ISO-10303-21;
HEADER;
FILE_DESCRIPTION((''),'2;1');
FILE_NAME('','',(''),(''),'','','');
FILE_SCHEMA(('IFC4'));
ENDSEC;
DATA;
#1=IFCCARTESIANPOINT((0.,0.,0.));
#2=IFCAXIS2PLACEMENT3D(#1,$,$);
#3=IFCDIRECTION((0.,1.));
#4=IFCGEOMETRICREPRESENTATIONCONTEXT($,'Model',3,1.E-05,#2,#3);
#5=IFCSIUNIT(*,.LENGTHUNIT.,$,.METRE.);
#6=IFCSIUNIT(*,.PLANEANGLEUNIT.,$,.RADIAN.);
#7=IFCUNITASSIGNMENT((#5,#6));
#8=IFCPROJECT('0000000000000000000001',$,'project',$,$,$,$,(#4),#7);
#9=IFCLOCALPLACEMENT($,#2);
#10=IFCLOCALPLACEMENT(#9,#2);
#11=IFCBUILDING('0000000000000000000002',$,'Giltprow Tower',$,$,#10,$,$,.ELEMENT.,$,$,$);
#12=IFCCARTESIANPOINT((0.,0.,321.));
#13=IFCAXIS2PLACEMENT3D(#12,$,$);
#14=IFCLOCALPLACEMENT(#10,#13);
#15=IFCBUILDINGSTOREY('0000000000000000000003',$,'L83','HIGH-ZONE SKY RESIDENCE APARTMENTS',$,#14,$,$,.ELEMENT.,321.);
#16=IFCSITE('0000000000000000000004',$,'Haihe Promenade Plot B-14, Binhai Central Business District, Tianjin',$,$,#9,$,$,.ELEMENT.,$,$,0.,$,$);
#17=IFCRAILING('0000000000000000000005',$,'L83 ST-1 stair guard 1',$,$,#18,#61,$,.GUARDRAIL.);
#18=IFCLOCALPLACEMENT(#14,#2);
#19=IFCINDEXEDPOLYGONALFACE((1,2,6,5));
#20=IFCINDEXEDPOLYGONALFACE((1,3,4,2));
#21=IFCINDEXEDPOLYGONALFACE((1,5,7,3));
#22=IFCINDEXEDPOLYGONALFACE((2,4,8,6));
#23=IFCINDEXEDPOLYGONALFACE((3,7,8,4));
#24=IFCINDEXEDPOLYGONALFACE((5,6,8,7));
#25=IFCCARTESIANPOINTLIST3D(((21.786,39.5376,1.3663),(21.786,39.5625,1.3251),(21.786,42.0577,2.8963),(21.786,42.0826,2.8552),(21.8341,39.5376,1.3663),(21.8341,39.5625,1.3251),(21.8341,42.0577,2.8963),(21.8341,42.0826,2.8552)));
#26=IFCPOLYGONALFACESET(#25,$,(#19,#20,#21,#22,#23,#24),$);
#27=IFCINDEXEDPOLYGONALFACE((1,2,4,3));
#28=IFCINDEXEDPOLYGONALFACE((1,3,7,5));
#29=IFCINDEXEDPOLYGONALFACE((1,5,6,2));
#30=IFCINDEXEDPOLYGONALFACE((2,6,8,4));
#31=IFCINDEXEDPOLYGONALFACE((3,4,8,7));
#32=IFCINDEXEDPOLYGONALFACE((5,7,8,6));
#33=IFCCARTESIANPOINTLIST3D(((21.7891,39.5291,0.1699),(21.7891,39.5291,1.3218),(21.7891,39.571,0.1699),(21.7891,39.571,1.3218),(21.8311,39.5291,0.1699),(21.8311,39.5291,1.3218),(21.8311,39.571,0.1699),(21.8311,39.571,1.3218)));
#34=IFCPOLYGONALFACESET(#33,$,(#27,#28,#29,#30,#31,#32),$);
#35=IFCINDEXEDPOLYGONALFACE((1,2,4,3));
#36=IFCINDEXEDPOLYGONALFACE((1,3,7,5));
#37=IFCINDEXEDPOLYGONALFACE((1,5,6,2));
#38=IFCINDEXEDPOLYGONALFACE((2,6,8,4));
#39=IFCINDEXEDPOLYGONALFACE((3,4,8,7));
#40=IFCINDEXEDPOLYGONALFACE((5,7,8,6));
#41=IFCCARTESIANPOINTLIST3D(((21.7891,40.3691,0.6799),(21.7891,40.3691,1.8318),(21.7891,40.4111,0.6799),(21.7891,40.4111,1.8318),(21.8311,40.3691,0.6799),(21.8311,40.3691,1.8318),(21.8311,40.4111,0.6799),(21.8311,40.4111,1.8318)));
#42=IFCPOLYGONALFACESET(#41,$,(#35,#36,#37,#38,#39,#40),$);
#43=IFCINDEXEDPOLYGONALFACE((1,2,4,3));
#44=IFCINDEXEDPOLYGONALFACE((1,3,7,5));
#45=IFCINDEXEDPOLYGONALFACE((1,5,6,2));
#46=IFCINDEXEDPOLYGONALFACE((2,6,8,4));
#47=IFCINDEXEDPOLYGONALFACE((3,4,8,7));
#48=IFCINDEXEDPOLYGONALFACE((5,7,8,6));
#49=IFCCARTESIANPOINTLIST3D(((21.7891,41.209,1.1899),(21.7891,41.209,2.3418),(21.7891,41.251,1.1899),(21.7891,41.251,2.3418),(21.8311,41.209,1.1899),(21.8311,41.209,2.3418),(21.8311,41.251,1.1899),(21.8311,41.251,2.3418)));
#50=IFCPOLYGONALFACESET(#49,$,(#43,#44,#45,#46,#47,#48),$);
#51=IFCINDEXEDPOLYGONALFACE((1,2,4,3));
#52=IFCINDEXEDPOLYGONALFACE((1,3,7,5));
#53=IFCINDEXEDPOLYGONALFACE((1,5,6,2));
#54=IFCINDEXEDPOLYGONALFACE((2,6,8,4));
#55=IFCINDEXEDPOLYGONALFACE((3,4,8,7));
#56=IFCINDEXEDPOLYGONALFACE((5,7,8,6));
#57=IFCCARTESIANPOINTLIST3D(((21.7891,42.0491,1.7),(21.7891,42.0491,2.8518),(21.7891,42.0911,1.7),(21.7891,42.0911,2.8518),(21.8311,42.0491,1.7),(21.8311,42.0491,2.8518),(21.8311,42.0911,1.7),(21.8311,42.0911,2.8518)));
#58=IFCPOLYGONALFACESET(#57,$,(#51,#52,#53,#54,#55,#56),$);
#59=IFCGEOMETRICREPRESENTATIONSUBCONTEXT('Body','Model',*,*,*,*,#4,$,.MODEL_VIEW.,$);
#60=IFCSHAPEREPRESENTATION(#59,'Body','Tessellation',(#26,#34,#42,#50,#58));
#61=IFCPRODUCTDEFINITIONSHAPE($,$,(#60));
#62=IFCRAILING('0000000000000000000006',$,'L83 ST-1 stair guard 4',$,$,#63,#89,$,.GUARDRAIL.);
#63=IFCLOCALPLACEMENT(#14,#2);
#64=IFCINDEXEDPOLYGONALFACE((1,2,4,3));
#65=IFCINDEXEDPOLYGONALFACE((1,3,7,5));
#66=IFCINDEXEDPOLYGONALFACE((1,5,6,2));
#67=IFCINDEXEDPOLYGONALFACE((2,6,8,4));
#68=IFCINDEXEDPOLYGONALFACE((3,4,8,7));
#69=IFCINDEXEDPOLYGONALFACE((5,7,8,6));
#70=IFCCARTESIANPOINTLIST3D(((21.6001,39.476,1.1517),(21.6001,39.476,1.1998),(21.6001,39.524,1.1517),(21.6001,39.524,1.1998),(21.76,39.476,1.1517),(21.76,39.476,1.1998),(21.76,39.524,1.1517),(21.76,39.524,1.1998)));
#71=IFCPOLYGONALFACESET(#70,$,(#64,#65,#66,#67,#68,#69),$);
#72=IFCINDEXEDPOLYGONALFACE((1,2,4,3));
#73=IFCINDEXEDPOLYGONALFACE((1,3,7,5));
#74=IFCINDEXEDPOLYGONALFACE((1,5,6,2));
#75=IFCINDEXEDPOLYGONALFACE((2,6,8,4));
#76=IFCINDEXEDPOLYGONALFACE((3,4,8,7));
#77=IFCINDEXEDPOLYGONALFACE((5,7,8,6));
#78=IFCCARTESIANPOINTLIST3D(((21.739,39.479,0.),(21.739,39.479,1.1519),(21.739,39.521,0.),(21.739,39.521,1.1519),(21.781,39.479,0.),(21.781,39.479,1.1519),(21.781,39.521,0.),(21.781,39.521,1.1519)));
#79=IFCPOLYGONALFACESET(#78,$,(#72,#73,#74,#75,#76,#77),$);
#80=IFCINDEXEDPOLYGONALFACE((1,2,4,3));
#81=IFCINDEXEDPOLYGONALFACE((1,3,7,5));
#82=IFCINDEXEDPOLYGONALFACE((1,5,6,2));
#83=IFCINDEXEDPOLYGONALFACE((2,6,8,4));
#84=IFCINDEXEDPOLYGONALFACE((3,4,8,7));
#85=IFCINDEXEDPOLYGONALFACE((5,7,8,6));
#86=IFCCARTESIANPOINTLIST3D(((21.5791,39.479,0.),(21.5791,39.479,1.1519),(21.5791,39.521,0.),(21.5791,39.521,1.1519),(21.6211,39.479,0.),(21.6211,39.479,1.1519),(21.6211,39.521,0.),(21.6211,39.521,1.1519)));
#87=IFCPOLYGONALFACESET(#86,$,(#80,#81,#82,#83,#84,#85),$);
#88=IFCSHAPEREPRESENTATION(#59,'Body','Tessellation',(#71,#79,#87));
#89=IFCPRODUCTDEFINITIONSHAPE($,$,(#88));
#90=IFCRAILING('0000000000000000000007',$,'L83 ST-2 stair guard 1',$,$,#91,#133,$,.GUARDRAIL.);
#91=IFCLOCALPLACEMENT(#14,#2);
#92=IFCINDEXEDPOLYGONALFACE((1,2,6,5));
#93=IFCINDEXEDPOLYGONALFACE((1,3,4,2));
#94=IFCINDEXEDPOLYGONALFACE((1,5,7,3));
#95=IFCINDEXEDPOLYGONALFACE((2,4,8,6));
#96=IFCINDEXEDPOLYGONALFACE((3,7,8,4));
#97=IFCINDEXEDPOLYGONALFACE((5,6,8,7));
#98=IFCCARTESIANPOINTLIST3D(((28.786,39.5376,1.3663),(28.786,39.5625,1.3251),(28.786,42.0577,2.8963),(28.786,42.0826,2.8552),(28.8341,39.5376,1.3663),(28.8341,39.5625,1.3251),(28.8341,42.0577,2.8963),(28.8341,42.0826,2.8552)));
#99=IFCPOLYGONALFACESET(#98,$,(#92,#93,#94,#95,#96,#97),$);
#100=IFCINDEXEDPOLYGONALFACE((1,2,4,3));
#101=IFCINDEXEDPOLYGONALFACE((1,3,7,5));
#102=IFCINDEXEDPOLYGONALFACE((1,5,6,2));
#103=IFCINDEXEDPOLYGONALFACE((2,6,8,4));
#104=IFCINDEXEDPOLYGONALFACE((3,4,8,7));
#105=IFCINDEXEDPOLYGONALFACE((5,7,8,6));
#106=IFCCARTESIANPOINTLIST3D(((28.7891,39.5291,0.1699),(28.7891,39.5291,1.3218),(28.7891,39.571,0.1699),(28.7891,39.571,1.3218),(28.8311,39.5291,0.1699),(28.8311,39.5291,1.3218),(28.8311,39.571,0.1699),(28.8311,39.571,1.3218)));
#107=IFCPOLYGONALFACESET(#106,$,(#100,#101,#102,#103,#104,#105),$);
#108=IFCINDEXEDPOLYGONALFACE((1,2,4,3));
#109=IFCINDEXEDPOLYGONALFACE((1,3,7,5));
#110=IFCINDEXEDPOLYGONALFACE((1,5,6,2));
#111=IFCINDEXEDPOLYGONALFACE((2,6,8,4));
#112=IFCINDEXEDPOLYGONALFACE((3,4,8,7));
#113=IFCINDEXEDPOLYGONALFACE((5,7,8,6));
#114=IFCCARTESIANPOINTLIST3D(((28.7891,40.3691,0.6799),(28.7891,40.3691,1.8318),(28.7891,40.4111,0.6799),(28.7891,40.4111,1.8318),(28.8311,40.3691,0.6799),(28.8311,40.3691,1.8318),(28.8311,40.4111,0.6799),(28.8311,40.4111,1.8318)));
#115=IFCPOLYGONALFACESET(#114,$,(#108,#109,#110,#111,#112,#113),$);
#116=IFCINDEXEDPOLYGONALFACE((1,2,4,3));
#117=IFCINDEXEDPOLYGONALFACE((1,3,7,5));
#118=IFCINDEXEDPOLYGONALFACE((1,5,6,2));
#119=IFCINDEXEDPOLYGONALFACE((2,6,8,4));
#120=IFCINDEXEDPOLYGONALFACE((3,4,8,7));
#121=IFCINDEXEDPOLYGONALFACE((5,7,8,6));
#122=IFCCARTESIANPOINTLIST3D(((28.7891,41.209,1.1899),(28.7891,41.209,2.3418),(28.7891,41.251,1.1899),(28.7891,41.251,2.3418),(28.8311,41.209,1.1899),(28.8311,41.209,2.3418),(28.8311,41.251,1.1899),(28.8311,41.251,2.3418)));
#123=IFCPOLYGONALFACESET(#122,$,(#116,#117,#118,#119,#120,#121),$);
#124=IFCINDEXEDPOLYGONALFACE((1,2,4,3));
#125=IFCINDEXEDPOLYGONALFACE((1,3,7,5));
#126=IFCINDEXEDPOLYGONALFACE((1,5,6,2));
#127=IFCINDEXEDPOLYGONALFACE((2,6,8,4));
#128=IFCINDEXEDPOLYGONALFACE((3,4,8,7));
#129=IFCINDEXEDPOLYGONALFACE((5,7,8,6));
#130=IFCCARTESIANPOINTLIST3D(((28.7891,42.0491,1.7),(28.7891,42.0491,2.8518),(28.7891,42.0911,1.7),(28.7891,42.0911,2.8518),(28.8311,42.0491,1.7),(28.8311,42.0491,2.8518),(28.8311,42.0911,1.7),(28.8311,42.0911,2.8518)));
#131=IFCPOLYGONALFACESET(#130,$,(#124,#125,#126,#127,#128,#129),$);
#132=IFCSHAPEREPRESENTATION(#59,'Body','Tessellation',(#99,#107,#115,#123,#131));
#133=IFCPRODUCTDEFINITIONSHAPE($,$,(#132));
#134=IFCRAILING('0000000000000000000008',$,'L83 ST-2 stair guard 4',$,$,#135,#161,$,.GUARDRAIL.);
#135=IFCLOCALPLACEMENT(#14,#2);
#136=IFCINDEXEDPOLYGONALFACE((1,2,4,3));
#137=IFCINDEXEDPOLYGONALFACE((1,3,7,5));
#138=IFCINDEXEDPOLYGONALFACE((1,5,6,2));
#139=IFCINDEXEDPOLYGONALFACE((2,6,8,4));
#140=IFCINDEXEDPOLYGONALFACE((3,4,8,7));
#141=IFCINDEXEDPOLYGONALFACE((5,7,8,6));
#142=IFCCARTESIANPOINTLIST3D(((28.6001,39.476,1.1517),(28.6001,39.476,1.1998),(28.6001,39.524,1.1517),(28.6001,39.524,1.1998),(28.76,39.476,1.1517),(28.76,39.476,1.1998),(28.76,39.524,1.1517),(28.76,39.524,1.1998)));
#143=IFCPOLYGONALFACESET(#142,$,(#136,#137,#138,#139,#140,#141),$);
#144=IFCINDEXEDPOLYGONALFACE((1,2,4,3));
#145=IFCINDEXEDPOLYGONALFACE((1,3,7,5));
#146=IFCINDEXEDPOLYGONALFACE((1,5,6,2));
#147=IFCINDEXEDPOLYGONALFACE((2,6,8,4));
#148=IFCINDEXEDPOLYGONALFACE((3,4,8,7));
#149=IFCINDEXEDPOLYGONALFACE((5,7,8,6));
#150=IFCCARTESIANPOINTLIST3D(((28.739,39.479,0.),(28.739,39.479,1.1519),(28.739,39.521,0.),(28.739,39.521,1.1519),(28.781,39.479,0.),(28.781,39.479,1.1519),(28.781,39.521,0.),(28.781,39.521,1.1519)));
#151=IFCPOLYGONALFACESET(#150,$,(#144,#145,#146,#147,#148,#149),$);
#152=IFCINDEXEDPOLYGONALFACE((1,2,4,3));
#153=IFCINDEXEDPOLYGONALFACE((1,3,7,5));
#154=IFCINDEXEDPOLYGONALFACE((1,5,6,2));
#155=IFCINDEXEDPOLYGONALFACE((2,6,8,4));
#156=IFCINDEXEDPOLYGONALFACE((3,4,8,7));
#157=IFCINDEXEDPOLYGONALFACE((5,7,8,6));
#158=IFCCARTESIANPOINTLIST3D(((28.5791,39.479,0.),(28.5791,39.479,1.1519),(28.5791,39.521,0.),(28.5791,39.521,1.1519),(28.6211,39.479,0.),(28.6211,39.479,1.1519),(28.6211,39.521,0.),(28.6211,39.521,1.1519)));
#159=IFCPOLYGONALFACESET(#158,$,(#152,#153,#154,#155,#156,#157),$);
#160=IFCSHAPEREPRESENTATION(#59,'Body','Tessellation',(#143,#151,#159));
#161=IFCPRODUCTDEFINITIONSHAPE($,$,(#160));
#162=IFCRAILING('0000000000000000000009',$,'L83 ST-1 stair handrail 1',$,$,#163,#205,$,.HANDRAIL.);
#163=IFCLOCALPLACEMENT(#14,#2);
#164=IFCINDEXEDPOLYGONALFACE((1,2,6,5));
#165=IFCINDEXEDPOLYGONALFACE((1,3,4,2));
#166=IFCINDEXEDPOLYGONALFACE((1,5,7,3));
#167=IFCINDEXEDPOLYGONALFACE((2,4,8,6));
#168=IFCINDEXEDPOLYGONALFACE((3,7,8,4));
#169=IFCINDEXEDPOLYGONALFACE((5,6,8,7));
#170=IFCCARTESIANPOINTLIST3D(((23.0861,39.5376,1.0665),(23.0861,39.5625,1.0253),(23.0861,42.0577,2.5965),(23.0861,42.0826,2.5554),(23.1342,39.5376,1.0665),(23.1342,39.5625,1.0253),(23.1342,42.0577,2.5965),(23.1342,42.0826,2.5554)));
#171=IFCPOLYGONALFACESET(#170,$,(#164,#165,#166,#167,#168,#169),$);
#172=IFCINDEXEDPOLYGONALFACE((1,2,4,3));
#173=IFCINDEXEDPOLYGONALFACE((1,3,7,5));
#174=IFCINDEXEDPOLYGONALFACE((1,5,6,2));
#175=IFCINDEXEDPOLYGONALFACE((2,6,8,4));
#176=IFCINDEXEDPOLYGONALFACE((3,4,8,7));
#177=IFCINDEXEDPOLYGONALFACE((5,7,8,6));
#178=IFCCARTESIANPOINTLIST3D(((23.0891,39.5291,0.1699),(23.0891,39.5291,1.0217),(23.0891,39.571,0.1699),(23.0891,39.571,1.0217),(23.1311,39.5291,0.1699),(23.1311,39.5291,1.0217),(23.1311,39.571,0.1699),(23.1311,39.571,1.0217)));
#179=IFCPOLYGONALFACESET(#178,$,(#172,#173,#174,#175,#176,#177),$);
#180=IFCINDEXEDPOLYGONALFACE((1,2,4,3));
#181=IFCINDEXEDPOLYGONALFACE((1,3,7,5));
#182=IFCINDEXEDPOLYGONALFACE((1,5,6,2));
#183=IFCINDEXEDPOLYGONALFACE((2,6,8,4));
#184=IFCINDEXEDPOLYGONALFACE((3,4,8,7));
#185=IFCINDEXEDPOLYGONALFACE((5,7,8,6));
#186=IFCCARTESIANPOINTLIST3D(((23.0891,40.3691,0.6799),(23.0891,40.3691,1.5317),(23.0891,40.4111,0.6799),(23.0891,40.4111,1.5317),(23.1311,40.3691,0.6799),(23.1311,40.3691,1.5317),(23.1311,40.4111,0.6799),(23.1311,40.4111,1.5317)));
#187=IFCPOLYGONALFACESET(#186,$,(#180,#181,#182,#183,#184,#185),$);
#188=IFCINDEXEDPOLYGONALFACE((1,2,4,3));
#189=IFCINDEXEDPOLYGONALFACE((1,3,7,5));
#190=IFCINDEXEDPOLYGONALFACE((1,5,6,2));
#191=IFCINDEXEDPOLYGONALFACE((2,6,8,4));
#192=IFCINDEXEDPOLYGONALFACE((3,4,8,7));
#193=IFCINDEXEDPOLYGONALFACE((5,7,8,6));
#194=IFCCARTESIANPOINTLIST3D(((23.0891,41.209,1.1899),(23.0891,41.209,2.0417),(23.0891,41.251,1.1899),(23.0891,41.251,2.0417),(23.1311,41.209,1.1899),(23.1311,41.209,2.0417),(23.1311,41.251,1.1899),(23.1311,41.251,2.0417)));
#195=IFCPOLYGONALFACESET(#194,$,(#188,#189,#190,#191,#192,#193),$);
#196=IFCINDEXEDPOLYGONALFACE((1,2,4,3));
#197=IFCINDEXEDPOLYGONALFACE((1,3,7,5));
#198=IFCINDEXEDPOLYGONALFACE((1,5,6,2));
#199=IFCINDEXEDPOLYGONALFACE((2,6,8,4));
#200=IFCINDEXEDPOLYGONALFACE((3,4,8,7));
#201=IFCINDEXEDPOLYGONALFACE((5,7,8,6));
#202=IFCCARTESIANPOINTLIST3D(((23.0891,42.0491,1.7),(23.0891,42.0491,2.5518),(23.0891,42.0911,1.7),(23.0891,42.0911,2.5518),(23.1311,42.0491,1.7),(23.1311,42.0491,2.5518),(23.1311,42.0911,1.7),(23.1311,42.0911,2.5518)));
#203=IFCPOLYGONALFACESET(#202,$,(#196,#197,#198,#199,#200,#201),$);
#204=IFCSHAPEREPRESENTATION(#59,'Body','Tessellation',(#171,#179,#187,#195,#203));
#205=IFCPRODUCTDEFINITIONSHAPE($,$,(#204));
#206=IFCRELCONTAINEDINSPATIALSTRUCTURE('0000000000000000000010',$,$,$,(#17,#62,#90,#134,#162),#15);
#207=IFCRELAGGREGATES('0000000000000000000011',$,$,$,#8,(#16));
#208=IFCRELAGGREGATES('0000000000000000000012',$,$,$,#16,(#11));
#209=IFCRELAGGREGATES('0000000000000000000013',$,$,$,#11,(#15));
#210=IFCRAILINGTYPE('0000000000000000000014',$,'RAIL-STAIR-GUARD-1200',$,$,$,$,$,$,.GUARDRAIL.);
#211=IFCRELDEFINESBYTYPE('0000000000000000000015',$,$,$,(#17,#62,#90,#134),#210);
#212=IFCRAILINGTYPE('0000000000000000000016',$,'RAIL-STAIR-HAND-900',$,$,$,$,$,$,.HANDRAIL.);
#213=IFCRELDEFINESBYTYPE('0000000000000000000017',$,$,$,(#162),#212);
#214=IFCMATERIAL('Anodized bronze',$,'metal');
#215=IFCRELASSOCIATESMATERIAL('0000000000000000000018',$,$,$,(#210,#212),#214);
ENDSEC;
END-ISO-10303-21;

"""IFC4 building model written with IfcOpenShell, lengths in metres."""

from ifc_helpers import new_model, si_unit, direction, frame, origin, origin_2d, place, context, subcontext, project, spatial, rectangle, extrude, material, type_object, element, save


model = new_model("IFC4")

# Units and contexts
model_context = context("Model", 3, precision=1e-05, world=origin(), true_north=direction((0.0, 1.0)))
body_context = subcontext(model_context, "Body", "Model", "MODEL_VIEW")
ifc_project = project(units=[si_unit("LENGTHUNIT", "METRE"), si_unit("PLANEANGLEUNIT", "RADIAN")], contexts=[model_context])

# Site, building, storey
site_placement = place(None, origin())
site = spatial("IfcSite", under=ifc_project, at=site_placement, Name="Haihe Promenade Plot B-14, Binhai Central Business District, Tianjin", CompositionType="ELEMENT", RefElevation=0.0)
building_placement = place(site_placement, origin())
building = spatial("IfcBuilding", under=site, at=building_placement, Name="Giltprow Tower", CompositionType="ELEMENT")
storey_placement = place(building_placement, frame((0.0, 0.0, 321.0)))
storey = spatial("IfcBuildingStorey", under=building, at=storey_placement, Name="L83", Description="HIGH-ZONE SKY RESIDENCE APARTMENTS", CompositionType="ELEMENT", Elevation=321.0)

# Railings
ifc_material_1 = material(Name="Anodized bronze", Category="metal")
railing_type_1 = type_object("IfcRailingType", Name="RAIL-STAIR-GUARD-1200", PredefinedType="GUARDRAIL", material=ifc_material_1)
railing_1_placement = place(storey_placement, frame((21.8101, 39.55, 0.1699)))
element("IfcRailing", 1, at=railing_1_placement, inside=storey, type_object=railing_type_1, Name="L83 ST-1 stair guard 1", PredefinedType="GUARDRAIL", context=body_context, shape_type="SweptSolid", body=[
    extrude(rectangle(XDim=0.0481, YDim=0.0481, at=origin_2d()), frame((0.0, 0.0, 1.1758), z_axis=(0.0, 0.854785, 0.518982), x_axis=(-1.0, 0.0, 0.0)), (0.0, 0.0, 1.0), 2.9482),
    extrude(rectangle(XDim=0.042, YDim=0.042, at=origin_2d()), origin(), (0.0, 0.0, 1.0), 1.1519),
    extrude(rectangle(XDim=0.042, YDim=0.042, at=origin_2d()), frame((0.0, 0.8401, 0.51)), (0.0, 0.0, 1.0), 1.1519),
    extrude(rectangle(XDim=0.042, YDim=0.042, at=origin_2d()), frame((0.0, 1.6799, 1.02)), (0.0, 0.0, 1.0), 1.1519),
    extrude(rectangle(XDim=0.042, YDim=0.042, at=origin_2d()), frame((0.0, 2.52, 1.53)), (0.0, 0.0, 1.0), 1.1519),
])
railing_2_placement = place(storey_placement, frame((21.76, 39.5, 0.0)))
element("IfcRailing", 2, at=railing_2_placement, inside=storey, type_object=railing_type_1, Name="L83 ST-1 stair guard 4", PredefinedType="GUARDRAIL", context=body_context, shape_type="SweptSolid", body=[
    extrude(rectangle(XDim=0.0481, YDim=0.0481, at=origin_2d()), frame((0.0, 0.0, 1.1758), z_axis=(-1.0, 0.0, 0.0), x_axis=(0.0, -1.0, 0.0)), (0.0, 0.0, 1.0), 0.1599),
    extrude(rectangle(XDim=0.042, YDim=0.042, at=origin_2d()), origin(), (0.0, 0.0, 1.0), 1.1519),
    extrude(rectangle(XDim=0.042, YDim=0.042, at=origin_2d()), frame((-0.1599, 0.0, 0.0)), (0.0, 0.0, 1.0), 1.1519),
])
railing_3_placement = place(storey_placement, frame((28.8101, 39.55, 0.1699)))
element("IfcRailing", 3, at=railing_3_placement, inside=storey, type_object=railing_type_1, Name="L83 ST-2 stair guard 1", PredefinedType="GUARDRAIL", context=body_context, shape_type="SweptSolid", body=[
    extrude(rectangle(XDim=0.0481, YDim=0.0481, at=origin_2d()), frame((0.0, 0.0, 1.1758), z_axis=(0.0, 0.854785, 0.518982), x_axis=(-1.0, 0.0, 0.0)), (0.0, 0.0, 1.0), 2.9482),
    extrude(rectangle(XDim=0.042, YDim=0.042, at=origin_2d()), origin(), (0.0, 0.0, 1.0), 1.1519),
    extrude(rectangle(XDim=0.042, YDim=0.042, at=origin_2d()), frame((0.0, 0.8401, 0.51)), (0.0, 0.0, 1.0), 1.1519),
    extrude(rectangle(XDim=0.042, YDim=0.042, at=origin_2d()), frame((0.0, 1.6799, 1.02)), (0.0, 0.0, 1.0), 1.1519),
    extrude(rectangle(XDim=0.042, YDim=0.042, at=origin_2d()), frame((0.0, 2.52, 1.53)), (0.0, 0.0, 1.0), 1.1519),
])
railing_4_placement = place(storey_placement, frame((28.76, 39.5, 0.0)))
element("IfcRailing", 4, at=railing_4_placement, inside=storey, type_object=railing_type_1, Name="L83 ST-2 stair guard 4", PredefinedType="GUARDRAIL", context=body_context, shape_type="SweptSolid", body=[
    extrude(rectangle(XDim=0.0481, YDim=0.0481, at=origin_2d()), frame((0.0, 0.0, 1.1758), z_axis=(-1.0, 0.0, 0.0), x_axis=(0.0, -1.0, 0.0)), (0.0, 0.0, 1.0), 0.1599),
    extrude(rectangle(XDim=0.042, YDim=0.042, at=origin_2d()), origin(), (0.0, 0.0, 1.0), 1.1519),
    extrude(rectangle(XDim=0.042, YDim=0.042, at=origin_2d()), frame((-0.1599, 0.0, 0.0)), (0.0, 0.0, 1.0), 1.1519),
])
railing_type_2 = type_object("IfcRailingType", Name="RAIL-STAIR-HAND-900", PredefinedType="HANDRAIL", material=ifc_material_1)
railing_5_placement = place(storey_placement, frame((23.1101, 39.55, 0.1699)))
element("IfcRailing", 5, at=railing_5_placement, inside=storey, type_object=railing_type_2, Name="L83 ST-1 stair handrail 1", PredefinedType="HANDRAIL", context=body_context, shape_type="SweptSolid", body=[
    extrude(rectangle(XDim=0.0481, YDim=0.0481, at=origin_2d()), frame((0.0, 0.0, 0.876), z_axis=(0.0, 0.854785, 0.518982), x_axis=(-1.0, 0.0, 0.0)), (0.0, 0.0, 1.0), 2.9482),
    extrude(rectangle(XDim=0.042, YDim=0.042, at=origin_2d()), origin(), (0.0, 0.0, 1.0), 0.8518),
    extrude(rectangle(XDim=0.042, YDim=0.042, at=origin_2d()), frame((0.0, 0.8401, 0.51)), (0.0, 0.0, 1.0), 0.8518),
    extrude(rectangle(XDim=0.042, YDim=0.042, at=origin_2d()), frame((0.0, 1.6799, 1.02)), (0.0, 0.0, 1.0), 0.8518),
    extrude(rectangle(XDim=0.042, YDim=0.042, at=origin_2d()), frame((0.0, 2.52, 1.53)), (0.0, 0.0, 1.0), 0.8518),
])

save(model, "model.ifc")
